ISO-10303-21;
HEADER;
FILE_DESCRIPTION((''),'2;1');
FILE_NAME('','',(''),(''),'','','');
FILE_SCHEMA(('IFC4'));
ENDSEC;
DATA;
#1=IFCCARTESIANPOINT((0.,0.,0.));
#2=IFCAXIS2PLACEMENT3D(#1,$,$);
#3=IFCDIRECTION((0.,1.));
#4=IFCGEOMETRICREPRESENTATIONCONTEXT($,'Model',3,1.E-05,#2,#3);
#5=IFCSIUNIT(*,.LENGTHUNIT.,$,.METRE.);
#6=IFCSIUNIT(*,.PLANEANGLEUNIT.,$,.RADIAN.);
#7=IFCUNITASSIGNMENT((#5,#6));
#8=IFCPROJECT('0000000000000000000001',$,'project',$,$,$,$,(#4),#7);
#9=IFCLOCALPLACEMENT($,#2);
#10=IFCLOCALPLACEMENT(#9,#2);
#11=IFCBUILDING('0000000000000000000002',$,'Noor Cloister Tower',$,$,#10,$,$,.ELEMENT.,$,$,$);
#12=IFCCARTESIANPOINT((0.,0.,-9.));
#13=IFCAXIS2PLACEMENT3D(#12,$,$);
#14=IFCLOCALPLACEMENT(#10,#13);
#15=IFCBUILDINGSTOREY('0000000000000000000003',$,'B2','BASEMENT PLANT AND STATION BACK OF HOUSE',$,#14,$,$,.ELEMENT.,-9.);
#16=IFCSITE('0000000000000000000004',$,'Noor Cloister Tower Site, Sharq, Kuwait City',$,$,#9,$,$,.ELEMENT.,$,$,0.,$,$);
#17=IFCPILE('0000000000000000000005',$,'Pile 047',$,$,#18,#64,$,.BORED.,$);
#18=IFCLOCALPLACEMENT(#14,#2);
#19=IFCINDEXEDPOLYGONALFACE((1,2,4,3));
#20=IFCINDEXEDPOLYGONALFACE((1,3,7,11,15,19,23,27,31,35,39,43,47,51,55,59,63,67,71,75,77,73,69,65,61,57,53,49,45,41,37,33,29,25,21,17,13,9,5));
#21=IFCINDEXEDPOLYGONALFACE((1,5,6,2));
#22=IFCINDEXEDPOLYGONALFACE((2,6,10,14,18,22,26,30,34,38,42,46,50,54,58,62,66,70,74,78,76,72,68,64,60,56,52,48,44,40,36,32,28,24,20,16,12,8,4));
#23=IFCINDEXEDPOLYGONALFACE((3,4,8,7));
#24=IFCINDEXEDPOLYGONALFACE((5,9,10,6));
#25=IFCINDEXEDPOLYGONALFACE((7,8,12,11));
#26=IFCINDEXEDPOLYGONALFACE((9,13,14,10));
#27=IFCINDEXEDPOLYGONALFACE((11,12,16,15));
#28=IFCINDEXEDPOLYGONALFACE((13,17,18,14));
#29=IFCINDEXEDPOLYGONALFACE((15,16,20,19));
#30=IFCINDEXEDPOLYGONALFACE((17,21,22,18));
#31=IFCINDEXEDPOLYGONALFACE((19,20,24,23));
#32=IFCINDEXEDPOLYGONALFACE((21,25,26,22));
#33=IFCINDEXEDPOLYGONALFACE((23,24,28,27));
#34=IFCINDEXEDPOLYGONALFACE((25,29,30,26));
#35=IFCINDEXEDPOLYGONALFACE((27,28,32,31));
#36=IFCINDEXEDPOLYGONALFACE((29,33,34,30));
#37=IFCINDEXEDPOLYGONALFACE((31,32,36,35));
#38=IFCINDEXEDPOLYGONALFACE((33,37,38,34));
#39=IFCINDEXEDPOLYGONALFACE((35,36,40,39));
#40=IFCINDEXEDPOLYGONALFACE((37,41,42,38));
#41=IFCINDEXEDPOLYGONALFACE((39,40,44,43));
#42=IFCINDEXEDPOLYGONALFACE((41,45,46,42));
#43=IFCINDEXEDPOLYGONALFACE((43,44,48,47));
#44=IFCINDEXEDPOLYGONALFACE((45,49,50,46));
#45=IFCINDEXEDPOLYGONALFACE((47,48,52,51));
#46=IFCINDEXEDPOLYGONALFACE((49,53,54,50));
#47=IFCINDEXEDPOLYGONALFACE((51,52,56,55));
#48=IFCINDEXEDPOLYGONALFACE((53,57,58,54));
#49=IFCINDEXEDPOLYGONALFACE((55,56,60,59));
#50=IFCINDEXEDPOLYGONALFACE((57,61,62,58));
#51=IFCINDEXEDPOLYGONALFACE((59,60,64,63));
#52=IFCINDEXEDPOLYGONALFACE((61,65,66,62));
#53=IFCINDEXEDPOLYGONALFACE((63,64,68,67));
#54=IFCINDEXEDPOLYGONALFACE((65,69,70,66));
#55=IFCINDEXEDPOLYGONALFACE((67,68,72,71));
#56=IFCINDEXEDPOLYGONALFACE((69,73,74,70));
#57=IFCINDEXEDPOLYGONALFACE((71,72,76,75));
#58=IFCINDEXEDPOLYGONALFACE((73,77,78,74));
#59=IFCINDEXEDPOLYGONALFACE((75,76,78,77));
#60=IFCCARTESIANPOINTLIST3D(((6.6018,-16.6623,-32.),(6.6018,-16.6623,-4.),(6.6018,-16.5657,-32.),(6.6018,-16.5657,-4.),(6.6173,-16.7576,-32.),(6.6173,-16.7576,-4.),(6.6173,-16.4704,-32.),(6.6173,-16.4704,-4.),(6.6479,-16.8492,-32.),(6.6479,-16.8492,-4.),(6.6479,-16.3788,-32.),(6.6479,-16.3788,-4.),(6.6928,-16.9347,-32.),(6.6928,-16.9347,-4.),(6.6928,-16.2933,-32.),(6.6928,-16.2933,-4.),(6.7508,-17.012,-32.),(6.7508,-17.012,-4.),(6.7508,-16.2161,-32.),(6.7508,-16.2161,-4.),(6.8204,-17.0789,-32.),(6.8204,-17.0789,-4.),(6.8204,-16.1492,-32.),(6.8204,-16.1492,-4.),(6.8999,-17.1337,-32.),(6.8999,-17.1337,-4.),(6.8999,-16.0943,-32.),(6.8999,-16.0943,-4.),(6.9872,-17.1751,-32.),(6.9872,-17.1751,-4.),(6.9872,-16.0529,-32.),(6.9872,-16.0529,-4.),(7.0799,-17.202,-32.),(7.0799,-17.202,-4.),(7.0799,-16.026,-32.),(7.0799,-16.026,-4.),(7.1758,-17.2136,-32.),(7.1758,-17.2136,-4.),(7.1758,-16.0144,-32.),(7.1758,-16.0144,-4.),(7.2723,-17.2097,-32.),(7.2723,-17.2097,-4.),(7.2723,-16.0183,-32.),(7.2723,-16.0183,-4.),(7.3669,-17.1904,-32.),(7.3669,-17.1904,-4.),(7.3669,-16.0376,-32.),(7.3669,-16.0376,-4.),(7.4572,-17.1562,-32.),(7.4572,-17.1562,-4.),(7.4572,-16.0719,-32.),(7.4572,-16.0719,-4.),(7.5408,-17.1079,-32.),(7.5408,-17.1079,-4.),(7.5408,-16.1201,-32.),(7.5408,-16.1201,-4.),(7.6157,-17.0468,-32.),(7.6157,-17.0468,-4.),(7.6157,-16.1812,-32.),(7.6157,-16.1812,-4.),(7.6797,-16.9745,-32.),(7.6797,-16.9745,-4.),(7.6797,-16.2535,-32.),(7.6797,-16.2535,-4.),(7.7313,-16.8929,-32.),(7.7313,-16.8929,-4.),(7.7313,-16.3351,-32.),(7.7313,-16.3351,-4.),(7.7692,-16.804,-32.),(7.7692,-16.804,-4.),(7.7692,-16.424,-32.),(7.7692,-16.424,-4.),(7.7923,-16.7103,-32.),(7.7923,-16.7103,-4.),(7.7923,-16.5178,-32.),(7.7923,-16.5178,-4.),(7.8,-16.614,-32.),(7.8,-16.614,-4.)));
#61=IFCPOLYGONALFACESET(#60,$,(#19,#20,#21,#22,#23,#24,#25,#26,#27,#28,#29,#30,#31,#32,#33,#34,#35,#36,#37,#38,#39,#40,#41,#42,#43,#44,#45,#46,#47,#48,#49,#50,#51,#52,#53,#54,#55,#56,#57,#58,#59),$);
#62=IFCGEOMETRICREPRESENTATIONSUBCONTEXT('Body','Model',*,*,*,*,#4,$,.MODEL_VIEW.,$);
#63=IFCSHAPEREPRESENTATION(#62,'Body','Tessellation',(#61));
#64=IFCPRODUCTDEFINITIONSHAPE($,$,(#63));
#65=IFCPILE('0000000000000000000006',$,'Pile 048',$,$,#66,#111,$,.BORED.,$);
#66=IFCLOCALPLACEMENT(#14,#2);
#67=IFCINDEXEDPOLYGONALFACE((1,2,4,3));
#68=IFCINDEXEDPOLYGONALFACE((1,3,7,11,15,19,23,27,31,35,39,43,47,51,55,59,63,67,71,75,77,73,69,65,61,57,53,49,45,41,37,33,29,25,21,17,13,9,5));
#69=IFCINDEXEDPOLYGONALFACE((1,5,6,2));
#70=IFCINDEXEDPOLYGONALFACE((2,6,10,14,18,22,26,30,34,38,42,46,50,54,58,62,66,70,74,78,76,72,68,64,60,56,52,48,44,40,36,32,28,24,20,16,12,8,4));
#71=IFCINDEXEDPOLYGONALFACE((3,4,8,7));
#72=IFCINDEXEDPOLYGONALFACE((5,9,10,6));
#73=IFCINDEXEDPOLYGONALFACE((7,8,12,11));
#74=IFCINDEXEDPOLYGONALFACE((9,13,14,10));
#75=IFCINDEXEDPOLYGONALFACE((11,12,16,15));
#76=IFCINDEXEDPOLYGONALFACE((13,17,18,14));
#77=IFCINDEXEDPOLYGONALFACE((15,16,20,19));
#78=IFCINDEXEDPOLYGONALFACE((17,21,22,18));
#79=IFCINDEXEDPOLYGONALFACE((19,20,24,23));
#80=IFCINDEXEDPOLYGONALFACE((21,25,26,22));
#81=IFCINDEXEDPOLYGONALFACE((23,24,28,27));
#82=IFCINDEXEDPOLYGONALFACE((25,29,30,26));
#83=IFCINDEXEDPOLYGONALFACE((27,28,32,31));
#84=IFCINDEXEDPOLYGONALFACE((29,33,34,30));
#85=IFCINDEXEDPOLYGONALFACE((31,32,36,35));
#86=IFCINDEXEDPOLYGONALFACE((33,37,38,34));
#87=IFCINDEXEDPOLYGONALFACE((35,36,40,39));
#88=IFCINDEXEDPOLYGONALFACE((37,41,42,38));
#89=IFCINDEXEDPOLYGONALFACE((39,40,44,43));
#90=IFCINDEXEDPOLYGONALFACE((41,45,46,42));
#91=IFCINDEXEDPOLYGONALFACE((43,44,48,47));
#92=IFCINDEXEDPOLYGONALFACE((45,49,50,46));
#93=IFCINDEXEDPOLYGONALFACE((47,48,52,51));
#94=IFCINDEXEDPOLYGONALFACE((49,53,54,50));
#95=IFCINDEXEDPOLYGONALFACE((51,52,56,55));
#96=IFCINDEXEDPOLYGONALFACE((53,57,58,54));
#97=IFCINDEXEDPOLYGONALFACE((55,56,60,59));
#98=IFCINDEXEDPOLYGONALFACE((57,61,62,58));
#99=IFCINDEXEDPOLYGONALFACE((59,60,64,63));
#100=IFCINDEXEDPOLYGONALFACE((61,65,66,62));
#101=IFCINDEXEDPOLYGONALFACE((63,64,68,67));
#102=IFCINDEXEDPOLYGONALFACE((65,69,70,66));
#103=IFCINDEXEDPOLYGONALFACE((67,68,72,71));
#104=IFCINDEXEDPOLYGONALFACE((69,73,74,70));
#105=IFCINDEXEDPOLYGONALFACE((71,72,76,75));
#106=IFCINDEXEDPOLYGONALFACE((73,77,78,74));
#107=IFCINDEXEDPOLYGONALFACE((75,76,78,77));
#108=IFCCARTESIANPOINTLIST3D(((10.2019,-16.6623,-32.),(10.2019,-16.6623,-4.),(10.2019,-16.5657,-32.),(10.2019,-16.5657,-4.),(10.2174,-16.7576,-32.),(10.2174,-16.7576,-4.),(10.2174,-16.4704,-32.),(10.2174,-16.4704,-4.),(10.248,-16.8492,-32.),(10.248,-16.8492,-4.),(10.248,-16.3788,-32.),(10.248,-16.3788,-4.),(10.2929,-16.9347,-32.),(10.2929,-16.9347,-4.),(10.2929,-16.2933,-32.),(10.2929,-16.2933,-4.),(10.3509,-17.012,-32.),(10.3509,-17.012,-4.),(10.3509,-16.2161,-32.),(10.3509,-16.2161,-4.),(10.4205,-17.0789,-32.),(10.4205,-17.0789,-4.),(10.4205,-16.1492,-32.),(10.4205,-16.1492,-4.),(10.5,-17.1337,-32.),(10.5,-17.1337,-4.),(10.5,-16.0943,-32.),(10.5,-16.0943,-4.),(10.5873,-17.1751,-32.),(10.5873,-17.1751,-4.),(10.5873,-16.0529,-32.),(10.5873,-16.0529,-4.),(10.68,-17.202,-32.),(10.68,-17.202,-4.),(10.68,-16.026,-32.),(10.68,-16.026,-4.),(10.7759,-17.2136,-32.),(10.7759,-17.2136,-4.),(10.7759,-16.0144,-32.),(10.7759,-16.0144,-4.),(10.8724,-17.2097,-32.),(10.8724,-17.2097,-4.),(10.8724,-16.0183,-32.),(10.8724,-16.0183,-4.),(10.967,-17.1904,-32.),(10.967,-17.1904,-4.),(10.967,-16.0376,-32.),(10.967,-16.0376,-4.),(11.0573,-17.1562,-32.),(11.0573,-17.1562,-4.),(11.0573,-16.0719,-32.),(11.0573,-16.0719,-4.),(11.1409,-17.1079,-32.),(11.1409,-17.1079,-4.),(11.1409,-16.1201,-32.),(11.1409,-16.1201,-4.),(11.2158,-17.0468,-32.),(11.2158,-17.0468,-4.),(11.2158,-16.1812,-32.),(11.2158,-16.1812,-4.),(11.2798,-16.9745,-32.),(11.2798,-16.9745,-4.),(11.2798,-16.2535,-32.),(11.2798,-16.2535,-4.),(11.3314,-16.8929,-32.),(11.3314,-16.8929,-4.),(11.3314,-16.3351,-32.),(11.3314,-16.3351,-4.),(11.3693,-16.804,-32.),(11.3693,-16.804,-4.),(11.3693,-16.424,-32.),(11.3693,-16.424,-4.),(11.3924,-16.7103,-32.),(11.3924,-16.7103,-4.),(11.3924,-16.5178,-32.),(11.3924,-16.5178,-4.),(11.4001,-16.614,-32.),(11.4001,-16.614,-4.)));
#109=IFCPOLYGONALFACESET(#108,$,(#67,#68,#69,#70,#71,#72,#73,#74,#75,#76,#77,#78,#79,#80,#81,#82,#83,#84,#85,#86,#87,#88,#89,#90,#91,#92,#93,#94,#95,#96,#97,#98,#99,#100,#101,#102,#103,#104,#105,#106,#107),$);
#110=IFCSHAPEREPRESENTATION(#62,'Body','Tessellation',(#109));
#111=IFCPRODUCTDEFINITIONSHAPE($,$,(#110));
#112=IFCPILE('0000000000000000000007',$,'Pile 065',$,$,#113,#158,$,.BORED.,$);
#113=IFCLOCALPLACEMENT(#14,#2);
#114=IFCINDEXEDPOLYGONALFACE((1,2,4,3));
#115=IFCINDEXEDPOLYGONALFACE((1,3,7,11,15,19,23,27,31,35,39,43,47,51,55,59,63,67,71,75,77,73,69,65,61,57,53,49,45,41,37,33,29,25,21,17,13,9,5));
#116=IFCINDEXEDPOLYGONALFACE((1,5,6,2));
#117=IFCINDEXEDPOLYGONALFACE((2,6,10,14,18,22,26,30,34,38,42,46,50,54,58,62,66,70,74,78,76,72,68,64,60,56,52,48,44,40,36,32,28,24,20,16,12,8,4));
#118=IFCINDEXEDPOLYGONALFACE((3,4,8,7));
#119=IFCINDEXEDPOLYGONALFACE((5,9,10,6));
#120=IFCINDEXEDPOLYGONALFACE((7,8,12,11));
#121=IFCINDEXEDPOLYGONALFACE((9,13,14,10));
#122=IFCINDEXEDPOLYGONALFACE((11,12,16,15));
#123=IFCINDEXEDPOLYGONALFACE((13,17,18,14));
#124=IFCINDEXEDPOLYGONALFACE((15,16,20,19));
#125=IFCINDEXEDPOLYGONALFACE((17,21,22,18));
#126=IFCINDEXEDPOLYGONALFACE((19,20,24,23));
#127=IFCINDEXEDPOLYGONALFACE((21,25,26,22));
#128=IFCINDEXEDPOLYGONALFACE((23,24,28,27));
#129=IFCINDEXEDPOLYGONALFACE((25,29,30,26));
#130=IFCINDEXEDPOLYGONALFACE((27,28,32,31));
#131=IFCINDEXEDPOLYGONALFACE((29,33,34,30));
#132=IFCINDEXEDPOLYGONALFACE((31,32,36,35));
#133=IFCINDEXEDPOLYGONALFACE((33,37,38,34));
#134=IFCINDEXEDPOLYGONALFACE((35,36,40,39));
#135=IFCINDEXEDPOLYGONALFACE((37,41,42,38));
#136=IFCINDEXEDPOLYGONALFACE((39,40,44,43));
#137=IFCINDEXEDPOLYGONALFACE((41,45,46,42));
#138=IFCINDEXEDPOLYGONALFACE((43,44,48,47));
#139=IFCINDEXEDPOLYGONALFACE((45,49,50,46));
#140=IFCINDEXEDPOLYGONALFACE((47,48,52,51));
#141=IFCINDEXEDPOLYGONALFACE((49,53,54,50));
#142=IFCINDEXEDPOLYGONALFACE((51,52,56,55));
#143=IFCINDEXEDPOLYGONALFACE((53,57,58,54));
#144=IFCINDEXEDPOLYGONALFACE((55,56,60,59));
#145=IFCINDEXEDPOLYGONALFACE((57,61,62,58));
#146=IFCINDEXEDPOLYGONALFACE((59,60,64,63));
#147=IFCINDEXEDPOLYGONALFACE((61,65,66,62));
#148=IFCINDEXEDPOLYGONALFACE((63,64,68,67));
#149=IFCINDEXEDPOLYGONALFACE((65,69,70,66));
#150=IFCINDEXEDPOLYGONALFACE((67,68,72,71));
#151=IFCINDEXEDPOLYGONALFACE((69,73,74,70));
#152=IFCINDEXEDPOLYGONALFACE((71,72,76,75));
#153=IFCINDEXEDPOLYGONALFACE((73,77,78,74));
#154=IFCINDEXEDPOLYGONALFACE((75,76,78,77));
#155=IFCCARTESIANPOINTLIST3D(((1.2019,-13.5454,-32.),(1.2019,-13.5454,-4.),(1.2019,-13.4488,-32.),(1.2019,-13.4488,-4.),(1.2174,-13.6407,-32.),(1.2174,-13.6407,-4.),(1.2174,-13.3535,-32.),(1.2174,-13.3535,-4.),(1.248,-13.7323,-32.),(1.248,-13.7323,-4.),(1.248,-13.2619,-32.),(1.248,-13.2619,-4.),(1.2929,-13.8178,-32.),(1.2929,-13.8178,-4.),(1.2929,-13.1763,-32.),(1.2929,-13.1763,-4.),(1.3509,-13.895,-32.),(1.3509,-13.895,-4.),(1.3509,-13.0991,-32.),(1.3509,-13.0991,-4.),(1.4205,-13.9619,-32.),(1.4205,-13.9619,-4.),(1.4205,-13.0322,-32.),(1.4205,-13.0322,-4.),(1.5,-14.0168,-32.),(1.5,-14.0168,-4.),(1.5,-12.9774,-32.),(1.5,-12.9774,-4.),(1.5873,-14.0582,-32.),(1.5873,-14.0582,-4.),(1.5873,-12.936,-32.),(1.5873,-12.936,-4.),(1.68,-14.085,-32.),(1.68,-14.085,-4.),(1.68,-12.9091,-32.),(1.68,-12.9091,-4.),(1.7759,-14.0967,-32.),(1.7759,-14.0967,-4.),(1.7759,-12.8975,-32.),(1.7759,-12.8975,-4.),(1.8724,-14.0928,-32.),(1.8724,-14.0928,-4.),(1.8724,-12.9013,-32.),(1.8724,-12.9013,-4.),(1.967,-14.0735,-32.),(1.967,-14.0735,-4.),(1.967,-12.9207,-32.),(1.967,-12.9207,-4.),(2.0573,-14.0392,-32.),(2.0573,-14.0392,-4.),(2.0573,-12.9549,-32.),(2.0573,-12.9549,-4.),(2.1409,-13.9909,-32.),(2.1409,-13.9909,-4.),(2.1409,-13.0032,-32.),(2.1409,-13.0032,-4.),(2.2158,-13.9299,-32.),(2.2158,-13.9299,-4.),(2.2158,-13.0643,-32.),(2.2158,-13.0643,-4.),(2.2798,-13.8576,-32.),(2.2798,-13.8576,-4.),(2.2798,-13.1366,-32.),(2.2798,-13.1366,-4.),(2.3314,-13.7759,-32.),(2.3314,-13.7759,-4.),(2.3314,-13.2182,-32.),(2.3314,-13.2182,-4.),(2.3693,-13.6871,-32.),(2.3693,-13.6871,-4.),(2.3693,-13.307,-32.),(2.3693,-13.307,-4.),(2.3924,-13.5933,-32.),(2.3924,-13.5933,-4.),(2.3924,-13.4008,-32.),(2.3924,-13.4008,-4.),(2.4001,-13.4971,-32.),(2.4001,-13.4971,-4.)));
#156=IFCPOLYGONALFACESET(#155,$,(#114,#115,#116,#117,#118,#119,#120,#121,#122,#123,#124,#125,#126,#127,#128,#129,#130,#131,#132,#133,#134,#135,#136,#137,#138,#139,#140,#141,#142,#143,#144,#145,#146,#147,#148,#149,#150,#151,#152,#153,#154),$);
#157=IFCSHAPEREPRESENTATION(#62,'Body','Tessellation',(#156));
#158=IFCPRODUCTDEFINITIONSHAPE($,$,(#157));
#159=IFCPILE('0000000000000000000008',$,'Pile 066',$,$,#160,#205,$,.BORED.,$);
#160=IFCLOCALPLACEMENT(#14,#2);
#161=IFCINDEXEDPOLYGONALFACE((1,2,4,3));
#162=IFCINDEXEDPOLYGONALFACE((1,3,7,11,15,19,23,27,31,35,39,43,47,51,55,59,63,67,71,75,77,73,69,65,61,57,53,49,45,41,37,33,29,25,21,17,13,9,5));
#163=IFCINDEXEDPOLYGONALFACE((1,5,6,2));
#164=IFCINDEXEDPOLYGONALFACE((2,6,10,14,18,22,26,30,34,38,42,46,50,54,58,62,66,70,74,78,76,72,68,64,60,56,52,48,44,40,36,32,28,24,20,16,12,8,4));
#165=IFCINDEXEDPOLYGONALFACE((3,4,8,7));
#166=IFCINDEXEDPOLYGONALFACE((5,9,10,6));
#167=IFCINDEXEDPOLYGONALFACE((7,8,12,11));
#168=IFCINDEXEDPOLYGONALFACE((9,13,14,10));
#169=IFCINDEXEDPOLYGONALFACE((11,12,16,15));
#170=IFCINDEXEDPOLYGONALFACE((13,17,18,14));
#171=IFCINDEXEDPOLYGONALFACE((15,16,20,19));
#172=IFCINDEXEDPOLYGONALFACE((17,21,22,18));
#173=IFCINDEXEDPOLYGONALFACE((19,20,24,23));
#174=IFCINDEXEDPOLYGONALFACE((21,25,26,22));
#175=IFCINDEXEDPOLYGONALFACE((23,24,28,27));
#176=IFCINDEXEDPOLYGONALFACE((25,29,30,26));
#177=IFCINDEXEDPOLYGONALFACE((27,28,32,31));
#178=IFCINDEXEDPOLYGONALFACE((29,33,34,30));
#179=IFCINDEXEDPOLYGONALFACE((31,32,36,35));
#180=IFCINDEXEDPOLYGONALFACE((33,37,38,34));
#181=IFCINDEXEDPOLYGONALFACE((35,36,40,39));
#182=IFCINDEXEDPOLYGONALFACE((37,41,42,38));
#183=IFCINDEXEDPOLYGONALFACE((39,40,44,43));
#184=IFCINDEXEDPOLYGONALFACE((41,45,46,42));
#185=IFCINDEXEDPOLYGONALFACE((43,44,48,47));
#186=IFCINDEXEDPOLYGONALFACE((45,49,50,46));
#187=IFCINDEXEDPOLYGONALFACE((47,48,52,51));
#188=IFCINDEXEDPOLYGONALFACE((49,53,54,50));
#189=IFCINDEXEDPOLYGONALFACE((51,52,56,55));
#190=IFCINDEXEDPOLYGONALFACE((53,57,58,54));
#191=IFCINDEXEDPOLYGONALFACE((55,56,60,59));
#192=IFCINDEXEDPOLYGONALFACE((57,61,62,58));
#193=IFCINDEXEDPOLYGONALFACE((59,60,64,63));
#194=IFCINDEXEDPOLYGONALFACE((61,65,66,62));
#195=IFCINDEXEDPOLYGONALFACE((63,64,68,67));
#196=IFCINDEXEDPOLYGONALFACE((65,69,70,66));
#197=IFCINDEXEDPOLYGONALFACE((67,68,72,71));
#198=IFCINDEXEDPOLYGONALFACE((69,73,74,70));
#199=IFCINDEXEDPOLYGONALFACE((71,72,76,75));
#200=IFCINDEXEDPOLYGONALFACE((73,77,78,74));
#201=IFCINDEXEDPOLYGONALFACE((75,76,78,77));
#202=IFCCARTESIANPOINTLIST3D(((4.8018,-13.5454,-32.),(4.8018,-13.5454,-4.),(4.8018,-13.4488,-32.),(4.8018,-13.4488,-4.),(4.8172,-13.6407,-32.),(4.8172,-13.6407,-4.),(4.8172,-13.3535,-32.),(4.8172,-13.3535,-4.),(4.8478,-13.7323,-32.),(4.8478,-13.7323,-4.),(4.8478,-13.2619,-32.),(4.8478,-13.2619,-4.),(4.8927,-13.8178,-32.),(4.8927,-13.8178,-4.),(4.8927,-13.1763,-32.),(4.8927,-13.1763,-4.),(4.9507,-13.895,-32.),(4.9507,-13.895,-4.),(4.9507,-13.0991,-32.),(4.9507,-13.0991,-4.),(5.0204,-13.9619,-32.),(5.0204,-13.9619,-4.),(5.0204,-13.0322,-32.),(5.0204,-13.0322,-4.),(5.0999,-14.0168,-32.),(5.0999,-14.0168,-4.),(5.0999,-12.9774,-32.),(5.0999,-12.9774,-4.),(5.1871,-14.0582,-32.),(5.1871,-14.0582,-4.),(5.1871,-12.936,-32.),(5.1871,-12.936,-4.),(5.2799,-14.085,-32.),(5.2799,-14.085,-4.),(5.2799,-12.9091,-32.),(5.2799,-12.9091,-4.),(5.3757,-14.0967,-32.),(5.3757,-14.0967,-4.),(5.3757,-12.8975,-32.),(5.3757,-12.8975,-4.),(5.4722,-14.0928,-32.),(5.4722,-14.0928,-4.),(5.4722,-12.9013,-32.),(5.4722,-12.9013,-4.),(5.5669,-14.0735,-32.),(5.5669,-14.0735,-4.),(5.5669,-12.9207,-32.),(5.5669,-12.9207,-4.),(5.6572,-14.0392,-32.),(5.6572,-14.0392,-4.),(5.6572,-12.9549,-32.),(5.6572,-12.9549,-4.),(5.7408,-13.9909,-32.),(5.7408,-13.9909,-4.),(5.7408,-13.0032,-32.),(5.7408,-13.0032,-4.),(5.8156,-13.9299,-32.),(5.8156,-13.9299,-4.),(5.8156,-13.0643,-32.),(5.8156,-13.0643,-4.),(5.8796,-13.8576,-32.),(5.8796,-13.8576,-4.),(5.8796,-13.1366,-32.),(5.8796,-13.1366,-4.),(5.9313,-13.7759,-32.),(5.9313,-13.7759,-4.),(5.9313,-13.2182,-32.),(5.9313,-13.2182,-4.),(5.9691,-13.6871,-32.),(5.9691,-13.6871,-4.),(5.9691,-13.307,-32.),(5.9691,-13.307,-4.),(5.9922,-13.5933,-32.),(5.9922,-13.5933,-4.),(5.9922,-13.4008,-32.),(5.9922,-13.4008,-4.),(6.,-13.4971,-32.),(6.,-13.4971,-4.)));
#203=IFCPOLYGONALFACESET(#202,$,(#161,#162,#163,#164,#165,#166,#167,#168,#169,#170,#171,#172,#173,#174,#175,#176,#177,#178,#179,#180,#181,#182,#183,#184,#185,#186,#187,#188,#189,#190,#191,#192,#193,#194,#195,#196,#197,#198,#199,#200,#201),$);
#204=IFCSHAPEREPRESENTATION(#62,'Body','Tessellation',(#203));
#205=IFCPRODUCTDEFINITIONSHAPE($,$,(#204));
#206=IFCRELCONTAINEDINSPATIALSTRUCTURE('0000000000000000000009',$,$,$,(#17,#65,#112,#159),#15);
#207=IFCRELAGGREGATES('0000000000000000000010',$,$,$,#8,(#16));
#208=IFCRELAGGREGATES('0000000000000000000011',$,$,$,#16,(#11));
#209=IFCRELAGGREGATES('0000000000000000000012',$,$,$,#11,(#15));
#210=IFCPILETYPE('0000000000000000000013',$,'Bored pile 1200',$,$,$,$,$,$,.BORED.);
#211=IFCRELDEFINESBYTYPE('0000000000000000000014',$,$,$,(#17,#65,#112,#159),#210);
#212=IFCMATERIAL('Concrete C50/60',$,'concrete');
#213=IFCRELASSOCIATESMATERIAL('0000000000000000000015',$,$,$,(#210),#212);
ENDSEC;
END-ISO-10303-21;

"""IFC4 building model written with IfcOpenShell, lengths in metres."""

from ifc_helpers import new_model, si_unit, direction, frame, origin, origin_2d, place, context, subcontext, project, spatial, circle, extrude, material, material_profile, profile_set, type_object, element, save


model = new_model("IFC4")

# Units and contexts
model_context = context("Model", 3, precision=1e-05, world=origin(), true_north=direction((0.0, 1.0)))
body_context = subcontext(model_context, "Body", "Model", "MODEL_VIEW")
ifc_project = project(units=[si_unit("LENGTHUNIT", "METRE"), si_unit("PLANEANGLEUNIT", "RADIAN")], contexts=[model_context])

# Site, building, storey
site_placement = place(None, origin())
site = spatial("IfcSite", under=ifc_project, at=site_placement, Name="Noor Cloister Tower Site, Sharq, Kuwait City", CompositionType="ELEMENT", RefElevation=0.0)
building_placement = place(site_placement, origin())
building = spatial("IfcBuilding", under=site, at=building_placement, Name="Noor Cloister Tower", CompositionType="ELEMENT")
storey_placement = place(building_placement, frame((0.0, 0.0, -9.0)))
storey = spatial("IfcBuildingStorey", under=building, at=storey_placement, Name="B2", Description="BASEMENT PLANT AND STATION BACK OF HOUSE", CompositionType="ELEMENT", Elevation=-9.0)

# Piles
ifc_material_1 = material(Name="Concrete C50/60", Category="concrete")
ifc_material_profile_1 = material_profile(ifc_material_1, circle(Radius=0.6001, at=origin_2d()), Name="Bored pile 1200")
ifc_profile_set_1 = profile_set([ifc_material_profile_1], Name="Concrete C50/60")
pile_type = type_object("IfcPileType", Name="Bored pile 1200", PredefinedType="BORED", material=ifc_profile_set_1)
for number, where, z_axis, x_axis, name in (
    (1, (7.2, -16.614, -4.0), (0.0, 0.0, -1.0), (1.0, 0.0, 0.0), "Pile 047"),
    (2, (10.8, -16.614, -4.0), (0.0, 0.0, -1.0), (1.0, 0.0, 0.0), "Pile 048"),
    (3, (1.8, -13.4971, -4.0), (0.0, 0.0, -1.0), (1.0, 0.0, 0.0), "Pile 065"),
    (4, (5.3999, -13.4971, -4.0), (0.0, 0.0, -1.0), (1.0, 0.0, 0.0), "Pile 066"),
):
    element("IfcPile", number, at=place(storey_placement, frame(where, z_axis=z_axis, x_axis=x_axis)), inside=storey, type_object=pile_type, Name=name, PredefinedType="BORED", context=body_context, shape_type="SweptSolid", body=[
        extrude(circle(Radius=0.6001, at=origin_2d()), origin(), (0.0, 0.0, 1.0), 28.0),
    ])

save(model, "model.ifc")
